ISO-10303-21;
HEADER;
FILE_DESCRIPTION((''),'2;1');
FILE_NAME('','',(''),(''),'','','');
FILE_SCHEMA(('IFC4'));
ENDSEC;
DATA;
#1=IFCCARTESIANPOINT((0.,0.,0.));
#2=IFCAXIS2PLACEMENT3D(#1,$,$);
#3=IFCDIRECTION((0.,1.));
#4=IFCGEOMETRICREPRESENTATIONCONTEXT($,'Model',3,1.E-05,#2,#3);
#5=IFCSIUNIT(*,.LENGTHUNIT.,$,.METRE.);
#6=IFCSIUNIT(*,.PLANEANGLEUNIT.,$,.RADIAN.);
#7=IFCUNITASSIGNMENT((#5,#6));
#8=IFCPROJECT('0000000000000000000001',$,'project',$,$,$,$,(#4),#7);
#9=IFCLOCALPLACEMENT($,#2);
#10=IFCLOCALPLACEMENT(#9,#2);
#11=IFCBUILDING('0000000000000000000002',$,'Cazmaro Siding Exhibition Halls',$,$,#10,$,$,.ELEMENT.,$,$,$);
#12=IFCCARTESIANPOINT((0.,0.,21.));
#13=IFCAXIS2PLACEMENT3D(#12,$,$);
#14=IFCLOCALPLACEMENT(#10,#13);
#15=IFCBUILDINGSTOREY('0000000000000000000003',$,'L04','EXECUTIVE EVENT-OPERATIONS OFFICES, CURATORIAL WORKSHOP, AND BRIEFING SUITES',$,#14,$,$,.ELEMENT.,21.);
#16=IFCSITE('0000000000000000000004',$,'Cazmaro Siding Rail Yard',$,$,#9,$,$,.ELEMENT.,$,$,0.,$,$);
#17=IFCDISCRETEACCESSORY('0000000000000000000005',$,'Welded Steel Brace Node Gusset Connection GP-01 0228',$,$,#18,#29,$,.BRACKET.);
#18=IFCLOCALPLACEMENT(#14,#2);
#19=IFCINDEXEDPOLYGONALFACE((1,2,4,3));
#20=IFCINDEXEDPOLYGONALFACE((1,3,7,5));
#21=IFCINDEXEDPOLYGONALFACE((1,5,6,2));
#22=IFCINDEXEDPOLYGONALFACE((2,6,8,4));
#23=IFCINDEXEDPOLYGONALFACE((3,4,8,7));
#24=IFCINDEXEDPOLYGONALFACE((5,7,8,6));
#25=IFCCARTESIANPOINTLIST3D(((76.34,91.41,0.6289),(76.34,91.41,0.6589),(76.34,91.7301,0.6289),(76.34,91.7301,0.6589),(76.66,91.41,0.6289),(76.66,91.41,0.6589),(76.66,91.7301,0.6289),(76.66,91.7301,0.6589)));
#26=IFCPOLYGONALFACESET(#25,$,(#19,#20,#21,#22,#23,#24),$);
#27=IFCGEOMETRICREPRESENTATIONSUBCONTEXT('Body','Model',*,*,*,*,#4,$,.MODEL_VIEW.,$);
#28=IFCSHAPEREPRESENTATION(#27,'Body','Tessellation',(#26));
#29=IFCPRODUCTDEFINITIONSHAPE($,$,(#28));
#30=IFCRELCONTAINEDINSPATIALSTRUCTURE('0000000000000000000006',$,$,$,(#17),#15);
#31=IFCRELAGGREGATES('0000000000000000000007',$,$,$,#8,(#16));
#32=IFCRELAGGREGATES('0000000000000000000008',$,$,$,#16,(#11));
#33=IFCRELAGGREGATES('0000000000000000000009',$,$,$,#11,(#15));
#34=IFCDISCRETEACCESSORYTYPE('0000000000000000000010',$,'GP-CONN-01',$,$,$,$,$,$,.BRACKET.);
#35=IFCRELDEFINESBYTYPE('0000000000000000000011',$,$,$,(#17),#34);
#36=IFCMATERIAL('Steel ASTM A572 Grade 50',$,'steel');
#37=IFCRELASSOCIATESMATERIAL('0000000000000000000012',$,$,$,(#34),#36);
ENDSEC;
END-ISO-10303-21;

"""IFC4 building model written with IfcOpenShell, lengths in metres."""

from ifc_helpers import new_model, si_unit, direction, frame, origin, origin_2d, place, context, subcontext, project, spatial, rectangle, extrude, material, type_object, element, save


model = new_model("IFC4")

# Units and contexts
model_context = context("Model", 3, precision=1e-05, world=origin(), true_north=direction((0.0, 1.0)))
body_context = subcontext(model_context, "Body", "Model", "MODEL_VIEW")
ifc_project = project(units=[si_unit("LENGTHUNIT", "METRE"), si_unit("PLANEANGLEUNIT", "RADIAN")], contexts=[model_context])

# Site, building, storey
site_placement = place(None, origin())
site = spatial("IfcSite", under=ifc_project, at=site_placement, Name="Cazmaro Siding Rail Yard", CompositionType="ELEMENT", RefElevation=0.0)
building_placement = place(site_placement, origin())
building = spatial("IfcBuilding", under=site, at=building_placement, Name="Cazmaro Siding Exhibition Halls", CompositionType="ELEMENT")
storey_placement = place(building_placement, frame((0.0, 0.0, 21.0)))
storey = spatial("IfcBuildingStorey", under=building, at=storey_placement, Name="L04", Description="EXECUTIVE EVENT-OPERATIONS OFFICES, CURATORIAL WORKSHOP, AND BRIEFING SUITES", CompositionType="ELEMENT", Elevation=21.0)

# Discrete accessory
ifc_material_1 = material(Name="Steel ASTM A572 Grade 50", Category="steel")
discrete_accessory_type = type_object("IfcDiscreteAccessoryType", Name="GP-CONN-01", PredefinedType="BRACKET", material=ifc_material_1)
for number, where, z_axis, x_axis, name in (
    (1, (76.5, 91.5701, 0.6289), (0.0, 0.0, 1.0), (1.0, 0.0, 0.0), "Welded Steel Brace Node Gusset Connection GP-01 0228"),
):
    element("IfcDiscreteAccessory", number, at=place(storey_placement, frame(where, z_axis=z_axis, x_axis=x_axis)), inside=storey, type_object=discrete_accessory_type, Name=name, PredefinedType="BRACKET", context=body_context, shape_type="SweptSolid", body=[
        extrude(rectangle(XDim=0.3201, YDim=0.3201, at=origin_2d()), origin(), (0.0, 0.0, 1.0), 0.03),
    ])

save(model, "model.ifc")
